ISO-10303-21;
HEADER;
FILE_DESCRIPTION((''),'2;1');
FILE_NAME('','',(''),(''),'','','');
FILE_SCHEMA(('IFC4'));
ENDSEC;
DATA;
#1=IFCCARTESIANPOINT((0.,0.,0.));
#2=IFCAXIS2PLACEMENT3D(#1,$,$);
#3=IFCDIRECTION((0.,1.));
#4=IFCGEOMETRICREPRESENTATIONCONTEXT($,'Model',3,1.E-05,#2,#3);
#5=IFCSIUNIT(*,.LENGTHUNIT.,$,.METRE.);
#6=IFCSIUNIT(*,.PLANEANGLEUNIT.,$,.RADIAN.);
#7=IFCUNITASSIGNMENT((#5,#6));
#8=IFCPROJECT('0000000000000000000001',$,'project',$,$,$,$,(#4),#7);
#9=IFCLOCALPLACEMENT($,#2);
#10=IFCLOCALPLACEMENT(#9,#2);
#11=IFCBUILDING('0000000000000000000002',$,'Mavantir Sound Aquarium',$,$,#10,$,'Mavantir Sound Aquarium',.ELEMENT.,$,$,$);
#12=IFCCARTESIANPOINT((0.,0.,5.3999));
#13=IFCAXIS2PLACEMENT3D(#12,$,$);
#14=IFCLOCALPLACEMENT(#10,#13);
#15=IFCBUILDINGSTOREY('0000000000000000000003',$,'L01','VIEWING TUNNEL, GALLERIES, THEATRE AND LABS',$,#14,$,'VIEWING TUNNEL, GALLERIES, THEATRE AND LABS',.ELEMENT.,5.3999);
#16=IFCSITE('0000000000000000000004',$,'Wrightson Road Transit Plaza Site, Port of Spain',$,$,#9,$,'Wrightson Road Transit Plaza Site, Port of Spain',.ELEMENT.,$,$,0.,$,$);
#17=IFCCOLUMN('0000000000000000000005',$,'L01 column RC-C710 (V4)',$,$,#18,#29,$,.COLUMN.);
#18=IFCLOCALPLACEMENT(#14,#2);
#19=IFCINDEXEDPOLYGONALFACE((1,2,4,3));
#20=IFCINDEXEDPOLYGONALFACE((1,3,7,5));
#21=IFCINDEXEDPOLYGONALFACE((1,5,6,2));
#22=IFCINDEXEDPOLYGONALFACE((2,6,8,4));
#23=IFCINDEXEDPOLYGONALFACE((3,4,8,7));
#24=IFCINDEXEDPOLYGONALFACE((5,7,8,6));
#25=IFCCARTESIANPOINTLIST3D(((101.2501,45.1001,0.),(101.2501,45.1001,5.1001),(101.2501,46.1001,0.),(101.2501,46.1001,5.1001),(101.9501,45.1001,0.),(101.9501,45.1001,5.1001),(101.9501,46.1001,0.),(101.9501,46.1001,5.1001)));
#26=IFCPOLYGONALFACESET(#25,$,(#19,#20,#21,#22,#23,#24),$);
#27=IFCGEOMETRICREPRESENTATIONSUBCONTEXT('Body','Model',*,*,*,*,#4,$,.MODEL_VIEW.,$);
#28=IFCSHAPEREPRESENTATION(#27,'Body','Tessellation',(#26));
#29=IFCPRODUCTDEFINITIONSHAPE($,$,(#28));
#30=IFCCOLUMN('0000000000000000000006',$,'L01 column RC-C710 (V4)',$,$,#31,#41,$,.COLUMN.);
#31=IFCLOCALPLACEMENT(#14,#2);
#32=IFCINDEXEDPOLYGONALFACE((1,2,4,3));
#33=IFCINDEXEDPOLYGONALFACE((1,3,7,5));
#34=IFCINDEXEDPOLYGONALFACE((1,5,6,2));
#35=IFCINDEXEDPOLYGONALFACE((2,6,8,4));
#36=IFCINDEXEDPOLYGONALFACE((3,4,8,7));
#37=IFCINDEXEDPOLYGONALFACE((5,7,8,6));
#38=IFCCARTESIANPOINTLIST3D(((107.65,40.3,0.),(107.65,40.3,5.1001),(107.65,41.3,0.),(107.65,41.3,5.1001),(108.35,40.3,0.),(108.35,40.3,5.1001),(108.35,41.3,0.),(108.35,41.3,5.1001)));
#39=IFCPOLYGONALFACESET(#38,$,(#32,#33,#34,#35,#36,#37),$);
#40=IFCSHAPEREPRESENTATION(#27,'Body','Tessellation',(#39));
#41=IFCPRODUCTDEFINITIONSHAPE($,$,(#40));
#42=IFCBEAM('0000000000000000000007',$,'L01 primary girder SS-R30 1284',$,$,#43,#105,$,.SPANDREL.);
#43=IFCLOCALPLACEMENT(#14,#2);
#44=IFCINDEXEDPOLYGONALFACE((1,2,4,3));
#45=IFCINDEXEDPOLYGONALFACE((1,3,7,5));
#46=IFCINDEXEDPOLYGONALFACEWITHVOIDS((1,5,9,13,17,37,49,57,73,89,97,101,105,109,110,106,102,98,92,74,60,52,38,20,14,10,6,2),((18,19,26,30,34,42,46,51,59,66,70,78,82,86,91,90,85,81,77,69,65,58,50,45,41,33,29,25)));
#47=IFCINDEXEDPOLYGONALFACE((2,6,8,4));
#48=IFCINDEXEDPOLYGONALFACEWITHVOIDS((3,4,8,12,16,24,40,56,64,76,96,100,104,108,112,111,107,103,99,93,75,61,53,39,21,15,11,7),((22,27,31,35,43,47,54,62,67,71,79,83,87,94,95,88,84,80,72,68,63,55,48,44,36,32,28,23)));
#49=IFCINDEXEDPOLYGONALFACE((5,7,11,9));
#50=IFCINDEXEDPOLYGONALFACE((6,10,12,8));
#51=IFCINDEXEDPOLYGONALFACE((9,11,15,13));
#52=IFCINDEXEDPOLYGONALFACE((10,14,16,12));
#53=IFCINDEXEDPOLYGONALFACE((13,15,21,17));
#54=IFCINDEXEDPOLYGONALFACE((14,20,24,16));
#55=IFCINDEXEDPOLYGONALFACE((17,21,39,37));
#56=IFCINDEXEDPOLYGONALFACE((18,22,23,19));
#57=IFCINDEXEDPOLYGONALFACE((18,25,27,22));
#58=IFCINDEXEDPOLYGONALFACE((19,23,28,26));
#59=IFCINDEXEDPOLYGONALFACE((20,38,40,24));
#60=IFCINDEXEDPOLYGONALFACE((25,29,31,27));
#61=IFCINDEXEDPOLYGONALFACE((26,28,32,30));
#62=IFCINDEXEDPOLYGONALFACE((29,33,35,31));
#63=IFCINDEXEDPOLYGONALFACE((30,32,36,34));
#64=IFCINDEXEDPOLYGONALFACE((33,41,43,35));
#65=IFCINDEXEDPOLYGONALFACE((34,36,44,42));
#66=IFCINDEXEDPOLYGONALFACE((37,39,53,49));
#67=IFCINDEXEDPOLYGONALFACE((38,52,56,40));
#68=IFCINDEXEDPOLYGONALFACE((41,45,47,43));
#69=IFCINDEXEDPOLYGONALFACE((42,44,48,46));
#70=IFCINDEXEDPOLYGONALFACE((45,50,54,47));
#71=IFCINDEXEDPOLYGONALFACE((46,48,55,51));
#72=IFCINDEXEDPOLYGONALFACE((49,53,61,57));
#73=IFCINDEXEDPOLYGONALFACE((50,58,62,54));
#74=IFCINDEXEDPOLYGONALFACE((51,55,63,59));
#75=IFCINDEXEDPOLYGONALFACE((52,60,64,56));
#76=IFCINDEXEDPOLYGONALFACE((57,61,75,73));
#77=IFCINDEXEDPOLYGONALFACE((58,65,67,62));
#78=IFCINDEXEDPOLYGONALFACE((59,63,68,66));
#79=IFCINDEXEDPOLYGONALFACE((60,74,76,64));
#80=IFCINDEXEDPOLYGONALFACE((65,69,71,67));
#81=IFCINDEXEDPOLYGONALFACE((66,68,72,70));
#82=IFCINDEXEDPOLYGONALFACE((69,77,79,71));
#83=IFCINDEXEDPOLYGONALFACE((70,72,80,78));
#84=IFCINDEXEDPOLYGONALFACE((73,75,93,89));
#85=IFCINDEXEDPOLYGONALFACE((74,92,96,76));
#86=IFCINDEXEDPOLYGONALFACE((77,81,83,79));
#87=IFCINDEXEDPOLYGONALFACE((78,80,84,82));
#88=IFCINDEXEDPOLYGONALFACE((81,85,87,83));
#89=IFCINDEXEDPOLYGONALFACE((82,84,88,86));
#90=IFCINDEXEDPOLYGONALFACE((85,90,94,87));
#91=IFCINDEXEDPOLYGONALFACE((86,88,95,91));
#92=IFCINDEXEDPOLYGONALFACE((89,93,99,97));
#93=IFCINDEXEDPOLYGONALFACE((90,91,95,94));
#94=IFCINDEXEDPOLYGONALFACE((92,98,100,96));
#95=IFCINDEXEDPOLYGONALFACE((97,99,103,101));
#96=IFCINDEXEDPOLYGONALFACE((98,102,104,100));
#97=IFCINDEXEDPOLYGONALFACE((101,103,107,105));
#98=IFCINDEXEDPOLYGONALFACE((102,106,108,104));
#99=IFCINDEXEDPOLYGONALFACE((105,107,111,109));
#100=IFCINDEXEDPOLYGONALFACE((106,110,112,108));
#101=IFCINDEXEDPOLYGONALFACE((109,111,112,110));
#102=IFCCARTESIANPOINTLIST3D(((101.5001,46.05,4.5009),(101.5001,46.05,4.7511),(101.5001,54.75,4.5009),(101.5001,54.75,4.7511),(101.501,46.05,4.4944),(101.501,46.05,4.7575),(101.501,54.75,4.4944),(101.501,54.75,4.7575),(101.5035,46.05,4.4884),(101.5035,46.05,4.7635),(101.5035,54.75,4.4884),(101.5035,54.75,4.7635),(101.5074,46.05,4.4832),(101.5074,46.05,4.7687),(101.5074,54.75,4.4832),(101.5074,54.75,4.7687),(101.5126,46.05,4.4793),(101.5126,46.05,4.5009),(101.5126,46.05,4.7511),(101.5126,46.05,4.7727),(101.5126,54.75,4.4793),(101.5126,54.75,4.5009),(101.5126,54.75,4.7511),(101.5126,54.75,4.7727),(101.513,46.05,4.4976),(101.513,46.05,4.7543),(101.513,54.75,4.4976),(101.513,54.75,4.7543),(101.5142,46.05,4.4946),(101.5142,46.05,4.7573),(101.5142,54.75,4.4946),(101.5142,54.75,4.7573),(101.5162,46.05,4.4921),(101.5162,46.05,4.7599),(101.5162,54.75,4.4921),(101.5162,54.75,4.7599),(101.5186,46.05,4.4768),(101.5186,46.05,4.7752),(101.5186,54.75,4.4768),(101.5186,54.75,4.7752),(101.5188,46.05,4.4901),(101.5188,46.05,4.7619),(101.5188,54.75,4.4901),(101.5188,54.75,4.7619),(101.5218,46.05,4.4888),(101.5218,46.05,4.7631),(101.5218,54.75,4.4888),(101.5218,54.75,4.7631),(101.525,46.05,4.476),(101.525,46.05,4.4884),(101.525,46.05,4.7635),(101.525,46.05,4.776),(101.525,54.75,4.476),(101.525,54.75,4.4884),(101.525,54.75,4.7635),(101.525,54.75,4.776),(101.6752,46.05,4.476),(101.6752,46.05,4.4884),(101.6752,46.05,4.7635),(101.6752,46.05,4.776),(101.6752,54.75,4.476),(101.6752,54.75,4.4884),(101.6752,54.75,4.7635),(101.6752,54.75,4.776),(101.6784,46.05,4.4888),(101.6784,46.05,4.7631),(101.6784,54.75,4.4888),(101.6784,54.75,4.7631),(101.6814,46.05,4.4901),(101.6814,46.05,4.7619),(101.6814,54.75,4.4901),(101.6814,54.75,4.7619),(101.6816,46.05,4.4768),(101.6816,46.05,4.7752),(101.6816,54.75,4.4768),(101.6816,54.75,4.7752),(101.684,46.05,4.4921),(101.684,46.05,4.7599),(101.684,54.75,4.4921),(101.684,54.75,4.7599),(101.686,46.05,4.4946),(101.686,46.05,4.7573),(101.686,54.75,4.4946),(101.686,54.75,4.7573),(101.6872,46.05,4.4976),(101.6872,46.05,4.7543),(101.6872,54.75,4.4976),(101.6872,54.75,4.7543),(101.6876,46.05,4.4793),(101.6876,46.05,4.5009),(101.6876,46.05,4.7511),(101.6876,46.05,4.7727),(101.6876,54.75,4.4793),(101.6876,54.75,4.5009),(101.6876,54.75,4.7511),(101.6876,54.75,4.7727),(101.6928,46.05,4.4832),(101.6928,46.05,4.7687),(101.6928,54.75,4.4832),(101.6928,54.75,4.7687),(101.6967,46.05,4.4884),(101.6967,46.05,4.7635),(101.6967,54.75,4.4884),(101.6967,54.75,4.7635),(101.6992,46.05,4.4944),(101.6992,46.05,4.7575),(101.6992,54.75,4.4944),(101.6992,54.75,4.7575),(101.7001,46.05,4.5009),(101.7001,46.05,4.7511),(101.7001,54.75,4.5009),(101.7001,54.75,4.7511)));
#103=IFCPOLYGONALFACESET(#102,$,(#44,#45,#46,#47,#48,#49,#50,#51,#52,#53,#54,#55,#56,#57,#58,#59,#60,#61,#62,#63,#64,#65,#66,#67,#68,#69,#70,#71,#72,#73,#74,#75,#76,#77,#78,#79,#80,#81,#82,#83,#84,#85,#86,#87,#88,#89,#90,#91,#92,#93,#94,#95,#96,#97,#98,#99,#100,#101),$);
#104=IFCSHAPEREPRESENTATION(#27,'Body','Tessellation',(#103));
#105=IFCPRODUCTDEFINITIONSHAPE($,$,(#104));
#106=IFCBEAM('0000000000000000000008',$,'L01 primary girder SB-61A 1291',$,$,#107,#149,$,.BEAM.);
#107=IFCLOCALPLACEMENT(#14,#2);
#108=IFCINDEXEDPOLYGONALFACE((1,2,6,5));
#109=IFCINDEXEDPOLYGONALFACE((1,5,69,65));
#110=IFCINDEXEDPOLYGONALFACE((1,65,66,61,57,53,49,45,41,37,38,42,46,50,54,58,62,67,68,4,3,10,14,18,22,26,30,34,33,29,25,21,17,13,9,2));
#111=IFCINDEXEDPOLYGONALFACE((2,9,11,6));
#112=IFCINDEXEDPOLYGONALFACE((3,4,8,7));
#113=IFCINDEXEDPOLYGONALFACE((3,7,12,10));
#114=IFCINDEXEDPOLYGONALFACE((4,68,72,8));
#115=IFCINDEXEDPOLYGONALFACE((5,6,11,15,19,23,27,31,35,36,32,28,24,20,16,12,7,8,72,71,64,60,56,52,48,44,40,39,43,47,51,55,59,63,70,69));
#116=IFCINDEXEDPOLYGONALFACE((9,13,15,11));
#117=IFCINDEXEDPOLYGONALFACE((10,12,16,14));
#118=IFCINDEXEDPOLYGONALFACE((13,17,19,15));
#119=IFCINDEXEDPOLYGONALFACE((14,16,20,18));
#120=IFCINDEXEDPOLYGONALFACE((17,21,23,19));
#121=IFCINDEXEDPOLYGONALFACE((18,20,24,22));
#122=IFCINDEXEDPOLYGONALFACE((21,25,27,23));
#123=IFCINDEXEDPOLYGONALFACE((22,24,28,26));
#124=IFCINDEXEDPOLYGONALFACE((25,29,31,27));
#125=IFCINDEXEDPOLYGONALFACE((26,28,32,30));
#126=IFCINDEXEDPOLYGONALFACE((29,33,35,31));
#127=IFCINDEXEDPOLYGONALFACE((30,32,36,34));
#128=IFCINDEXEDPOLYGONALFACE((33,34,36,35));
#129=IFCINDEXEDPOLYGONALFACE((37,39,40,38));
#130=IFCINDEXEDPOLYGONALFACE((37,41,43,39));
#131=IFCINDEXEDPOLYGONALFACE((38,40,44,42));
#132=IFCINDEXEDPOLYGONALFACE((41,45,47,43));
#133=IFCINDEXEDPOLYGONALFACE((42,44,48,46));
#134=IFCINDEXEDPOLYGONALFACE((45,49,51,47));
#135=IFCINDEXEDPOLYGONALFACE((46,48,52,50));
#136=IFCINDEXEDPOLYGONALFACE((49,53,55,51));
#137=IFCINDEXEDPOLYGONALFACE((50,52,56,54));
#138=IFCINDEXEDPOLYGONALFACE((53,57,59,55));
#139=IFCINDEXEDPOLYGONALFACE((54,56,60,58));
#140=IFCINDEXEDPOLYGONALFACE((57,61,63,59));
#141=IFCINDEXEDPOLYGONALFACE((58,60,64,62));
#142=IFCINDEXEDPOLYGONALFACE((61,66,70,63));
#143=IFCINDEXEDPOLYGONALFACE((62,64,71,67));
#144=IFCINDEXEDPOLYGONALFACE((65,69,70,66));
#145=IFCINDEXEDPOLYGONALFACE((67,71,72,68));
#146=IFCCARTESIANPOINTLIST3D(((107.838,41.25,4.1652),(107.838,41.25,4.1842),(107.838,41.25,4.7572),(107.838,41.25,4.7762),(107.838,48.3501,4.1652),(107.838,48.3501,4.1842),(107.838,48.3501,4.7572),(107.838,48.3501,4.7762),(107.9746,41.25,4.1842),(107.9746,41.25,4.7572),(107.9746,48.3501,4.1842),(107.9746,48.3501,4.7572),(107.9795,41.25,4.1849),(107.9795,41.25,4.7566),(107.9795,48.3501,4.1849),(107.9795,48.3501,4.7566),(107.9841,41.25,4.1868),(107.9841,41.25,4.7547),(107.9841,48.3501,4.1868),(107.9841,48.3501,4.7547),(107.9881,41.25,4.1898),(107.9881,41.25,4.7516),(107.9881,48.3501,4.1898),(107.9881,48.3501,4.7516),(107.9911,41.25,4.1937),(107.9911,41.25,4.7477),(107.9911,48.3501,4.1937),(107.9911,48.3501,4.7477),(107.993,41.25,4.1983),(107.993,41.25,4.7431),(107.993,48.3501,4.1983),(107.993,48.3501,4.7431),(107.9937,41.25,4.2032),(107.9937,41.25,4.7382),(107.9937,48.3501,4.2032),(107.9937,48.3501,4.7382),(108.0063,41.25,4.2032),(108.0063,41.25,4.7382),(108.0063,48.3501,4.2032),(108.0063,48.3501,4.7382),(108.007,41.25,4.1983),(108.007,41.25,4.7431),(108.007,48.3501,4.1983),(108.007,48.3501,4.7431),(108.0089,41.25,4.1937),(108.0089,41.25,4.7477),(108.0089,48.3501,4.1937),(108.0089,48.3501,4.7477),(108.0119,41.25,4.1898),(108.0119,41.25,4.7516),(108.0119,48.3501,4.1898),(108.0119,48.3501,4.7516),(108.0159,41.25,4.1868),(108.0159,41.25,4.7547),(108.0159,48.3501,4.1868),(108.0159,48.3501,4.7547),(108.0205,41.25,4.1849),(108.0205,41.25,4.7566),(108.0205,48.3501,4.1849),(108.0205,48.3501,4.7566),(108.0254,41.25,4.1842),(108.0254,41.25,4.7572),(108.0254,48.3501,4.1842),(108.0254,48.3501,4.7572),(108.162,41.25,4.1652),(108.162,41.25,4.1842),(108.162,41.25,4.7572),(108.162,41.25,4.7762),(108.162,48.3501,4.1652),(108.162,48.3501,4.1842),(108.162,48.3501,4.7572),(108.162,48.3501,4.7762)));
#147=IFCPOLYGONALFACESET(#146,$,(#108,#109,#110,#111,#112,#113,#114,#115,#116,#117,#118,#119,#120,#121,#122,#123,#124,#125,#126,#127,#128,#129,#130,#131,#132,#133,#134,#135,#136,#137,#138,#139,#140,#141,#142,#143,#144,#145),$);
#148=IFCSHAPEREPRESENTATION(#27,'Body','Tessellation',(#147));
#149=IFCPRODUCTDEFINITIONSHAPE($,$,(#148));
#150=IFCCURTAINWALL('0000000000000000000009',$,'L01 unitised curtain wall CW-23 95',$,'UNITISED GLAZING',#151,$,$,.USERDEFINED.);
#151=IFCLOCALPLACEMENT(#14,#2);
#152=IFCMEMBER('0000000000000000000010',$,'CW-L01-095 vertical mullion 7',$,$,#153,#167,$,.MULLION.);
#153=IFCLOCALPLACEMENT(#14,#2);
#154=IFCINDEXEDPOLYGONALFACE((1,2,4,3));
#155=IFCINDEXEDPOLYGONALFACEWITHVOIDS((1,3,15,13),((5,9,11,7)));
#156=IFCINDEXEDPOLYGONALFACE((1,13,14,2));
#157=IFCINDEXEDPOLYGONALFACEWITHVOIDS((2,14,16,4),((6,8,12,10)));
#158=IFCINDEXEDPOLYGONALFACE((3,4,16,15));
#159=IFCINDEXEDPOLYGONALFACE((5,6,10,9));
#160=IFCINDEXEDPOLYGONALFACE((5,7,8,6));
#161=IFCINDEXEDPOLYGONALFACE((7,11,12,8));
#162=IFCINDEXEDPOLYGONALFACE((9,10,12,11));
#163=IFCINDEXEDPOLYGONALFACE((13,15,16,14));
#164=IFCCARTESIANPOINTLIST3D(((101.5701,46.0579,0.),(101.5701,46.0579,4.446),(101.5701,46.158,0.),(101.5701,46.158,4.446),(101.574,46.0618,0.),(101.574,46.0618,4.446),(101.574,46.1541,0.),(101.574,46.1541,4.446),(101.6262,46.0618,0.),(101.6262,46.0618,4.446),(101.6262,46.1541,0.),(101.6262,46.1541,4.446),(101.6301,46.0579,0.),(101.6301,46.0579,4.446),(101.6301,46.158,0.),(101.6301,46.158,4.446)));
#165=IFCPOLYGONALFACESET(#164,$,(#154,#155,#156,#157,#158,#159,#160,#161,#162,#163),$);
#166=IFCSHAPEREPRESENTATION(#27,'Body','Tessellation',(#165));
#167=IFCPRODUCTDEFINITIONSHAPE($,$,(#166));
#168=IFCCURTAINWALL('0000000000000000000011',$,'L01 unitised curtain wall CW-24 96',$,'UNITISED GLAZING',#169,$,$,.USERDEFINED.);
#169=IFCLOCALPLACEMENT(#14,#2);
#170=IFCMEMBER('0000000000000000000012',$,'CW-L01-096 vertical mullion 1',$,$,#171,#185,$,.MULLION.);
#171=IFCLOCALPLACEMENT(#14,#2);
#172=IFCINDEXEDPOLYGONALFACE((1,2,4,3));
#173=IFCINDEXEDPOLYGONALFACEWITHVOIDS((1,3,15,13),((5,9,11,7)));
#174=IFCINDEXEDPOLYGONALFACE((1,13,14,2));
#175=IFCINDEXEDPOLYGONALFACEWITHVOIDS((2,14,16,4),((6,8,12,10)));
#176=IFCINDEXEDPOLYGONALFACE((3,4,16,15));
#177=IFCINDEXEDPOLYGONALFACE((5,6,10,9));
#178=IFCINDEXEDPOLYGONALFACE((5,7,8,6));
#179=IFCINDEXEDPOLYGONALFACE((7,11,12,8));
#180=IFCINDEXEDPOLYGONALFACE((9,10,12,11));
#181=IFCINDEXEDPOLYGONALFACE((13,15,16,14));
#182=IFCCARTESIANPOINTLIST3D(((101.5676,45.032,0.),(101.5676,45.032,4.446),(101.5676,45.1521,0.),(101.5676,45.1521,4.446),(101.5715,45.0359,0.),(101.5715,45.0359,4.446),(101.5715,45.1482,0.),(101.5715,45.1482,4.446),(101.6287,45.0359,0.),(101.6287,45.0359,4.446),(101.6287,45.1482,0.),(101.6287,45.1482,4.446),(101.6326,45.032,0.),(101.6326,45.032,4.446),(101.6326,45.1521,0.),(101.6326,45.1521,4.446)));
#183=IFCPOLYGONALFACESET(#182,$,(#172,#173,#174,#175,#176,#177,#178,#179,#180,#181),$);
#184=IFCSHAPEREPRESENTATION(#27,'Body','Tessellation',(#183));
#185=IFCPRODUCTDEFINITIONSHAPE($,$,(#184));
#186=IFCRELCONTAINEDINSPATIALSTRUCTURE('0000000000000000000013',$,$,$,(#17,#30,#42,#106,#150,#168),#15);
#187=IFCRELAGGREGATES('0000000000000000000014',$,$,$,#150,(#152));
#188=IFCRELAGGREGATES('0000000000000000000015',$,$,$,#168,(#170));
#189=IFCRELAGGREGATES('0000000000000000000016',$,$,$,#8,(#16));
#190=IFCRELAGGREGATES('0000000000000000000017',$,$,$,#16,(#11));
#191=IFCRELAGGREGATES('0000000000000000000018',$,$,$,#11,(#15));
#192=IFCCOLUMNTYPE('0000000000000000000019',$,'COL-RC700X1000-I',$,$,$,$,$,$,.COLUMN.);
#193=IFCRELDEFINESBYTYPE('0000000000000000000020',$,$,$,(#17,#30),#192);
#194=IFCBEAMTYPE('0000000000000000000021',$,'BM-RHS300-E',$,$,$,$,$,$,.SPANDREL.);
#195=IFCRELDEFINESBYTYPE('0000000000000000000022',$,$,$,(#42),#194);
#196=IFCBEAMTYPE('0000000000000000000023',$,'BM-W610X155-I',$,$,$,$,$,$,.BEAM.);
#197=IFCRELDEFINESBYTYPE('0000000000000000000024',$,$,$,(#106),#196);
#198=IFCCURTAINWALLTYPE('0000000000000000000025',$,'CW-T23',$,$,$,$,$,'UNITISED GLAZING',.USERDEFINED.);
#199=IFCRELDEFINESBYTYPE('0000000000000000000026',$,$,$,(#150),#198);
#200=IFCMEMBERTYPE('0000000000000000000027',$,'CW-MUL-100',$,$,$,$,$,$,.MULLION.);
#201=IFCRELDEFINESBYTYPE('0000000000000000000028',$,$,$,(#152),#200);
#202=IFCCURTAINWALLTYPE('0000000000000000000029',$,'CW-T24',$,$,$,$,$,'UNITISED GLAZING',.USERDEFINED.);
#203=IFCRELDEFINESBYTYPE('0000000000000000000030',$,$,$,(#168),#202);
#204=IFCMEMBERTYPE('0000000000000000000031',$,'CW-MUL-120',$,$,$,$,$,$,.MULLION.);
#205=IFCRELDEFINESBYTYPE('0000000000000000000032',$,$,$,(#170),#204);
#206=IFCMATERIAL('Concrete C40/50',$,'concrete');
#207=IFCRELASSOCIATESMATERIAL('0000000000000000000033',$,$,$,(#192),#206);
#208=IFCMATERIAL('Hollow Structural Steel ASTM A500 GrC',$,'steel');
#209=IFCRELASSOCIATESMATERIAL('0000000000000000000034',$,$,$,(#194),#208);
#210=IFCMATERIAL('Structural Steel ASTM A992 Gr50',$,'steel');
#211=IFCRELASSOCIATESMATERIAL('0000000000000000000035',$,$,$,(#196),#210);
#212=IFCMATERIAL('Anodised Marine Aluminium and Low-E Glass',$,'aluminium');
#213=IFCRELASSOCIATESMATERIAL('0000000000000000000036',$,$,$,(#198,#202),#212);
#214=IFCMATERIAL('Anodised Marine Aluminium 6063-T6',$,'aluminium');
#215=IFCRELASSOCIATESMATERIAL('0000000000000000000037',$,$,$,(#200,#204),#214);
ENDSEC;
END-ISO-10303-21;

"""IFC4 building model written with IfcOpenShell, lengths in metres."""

from ifc_helpers import new_model, si_unit, direction, frame, origin, origin_2d, place, context, subcontext, project, spatial, rectangle, hollow_rectangle, i_section, extrude, material, material_profile, profile_set, type_object, element, aggregate, save


model = new_model("IFC4")

# Units and contexts
model_context = context("Model", 3, precision=1e-05, world=origin(), true_north=direction((0.0, 1.0)))
body_context = subcontext(model_context, "Body", "Model", "MODEL_VIEW")
ifc_project = project(units=[si_unit("LENGTHUNIT", "METRE"), si_unit("PLANEANGLEUNIT", "RADIAN")], contexts=[model_context])

# Site, building, storey
site_placement = place(None, origin())
site = spatial("IfcSite", under=ifc_project, at=site_placement, Name="Wrightson Road Transit Plaza Site, Port of Spain", LongName="Wrightson Road Transit Plaza Site, Port of Spain", CompositionType="ELEMENT", RefElevation=0.0)
building_placement = place(site_placement, origin())
building = spatial("IfcBuilding", under=site, at=building_placement, Name="Mavantir Sound Aquarium", LongName="Mavantir Sound Aquarium", CompositionType="ELEMENT")
storey_placement = place(building_placement, frame((0.0, 0.0, 5.3999)))
storey = spatial("IfcBuildingStorey", under=building, at=storey_placement, Name="L01", Description="VIEWING TUNNEL, GALLERIES, THEATRE AND LABS", LongName="VIEWING TUNNEL, GALLERIES, THEATRE AND LABS", CompositionType="ELEMENT", Elevation=5.3999)

# Columns
ifc_material_1 = material(Name="Concrete C40/50", Category="concrete")
ifc_material_profile_1 = material_profile(ifc_material_1, rectangle(XDim=0.7, YDim=1.0, at=origin_2d()), Name="RC 700X1000")
ifc_profile_set_1 = profile_set([ifc_material_profile_1], Name="Concrete C40/50")
column_type = type_object("IfcColumnType", Name="COL-RC700X1000-I", PredefinedType="COLUMN", material=ifc_profile_set_1)
for number, where, z_axis, x_axis, name in (
    (1, (101.6001, 45.6001, 0.0), (0.0, 0.0, 1.0), (1.0, 0.0, 0.0), "L01 column RC-C710 (V4)"),
    (2, (108.0, 40.8, 0.0), (0.0, 0.0, 1.0), (1.0, 0.0, 0.0), "L01 column RC-C710 (V4)"),
):
    element("IfcColumn", number, at=place(storey_placement, frame(where, z_axis=z_axis, x_axis=x_axis)), inside=storey, type_object=column_type, Name=name, PredefinedType="COLUMN", context=body_context, shape_type="SweptSolid", body=[
        extrude(rectangle(XDim=0.7, YDim=1.0, at=origin_2d()), origin(), (0.0, 0.0, 1.0), 5.1001),
    ])

# Beams
ifc_material_2 = material(Name="Hollow Structural Steel ASTM A500 GrC", Category="steel")
ifc_material_profile_2 = material_profile(ifc_material_2, hollow_rectangle(XDim=0.2, YDim=0.3, WallThickness=0.0125, InnerFilletRadius=0.0125, OuterFilletRadius=0.0249, at=origin_2d()), Name="RHS 300X200X12.5")
ifc_profile_set_2 = profile_set([ifc_material_profile_2], Name="Hollow Structural Steel ASTM A500 GrC")
beam_type_1 = type_object("IfcBeamType", Name="BM-RHS300-E", PredefinedType="SPANDREL", material=ifc_profile_set_2)
beam_1_placement = place(storey_placement, frame((101.6001, 46.05, 4.626), z_axis=(0.0, 1.0, 0.0), x_axis=(-1.0, 0.0, 0.0)))
element("IfcBeam", 3, at=beam_1_placement, inside=storey, type_object=beam_type_1, Name="L01 primary girder SS-R30 1284", PredefinedType="SPANDREL", context=body_context, shape_type="SweptSolid", body=[
    extrude(hollow_rectangle(XDim=0.2, YDim=0.3, WallThickness=0.0125, InnerFilletRadius=0.0125, OuterFilletRadius=0.0249, at=origin_2d()), origin(), (0.0, 0.0, 1.0), 8.7),
])
ifc_material_3 = material(Name="Structural Steel ASTM A992 Gr50", Category="steel")
ifc_material_profile_3 = material_profile(ifc_material_3, i_section(OverallWidth=0.324, OverallDepth=0.6111, WebThickness=0.0127, FlangeThickness=0.019, FilletRadius=0.019, at=origin_2d()), Name="W610X155")
ifc_profile_set_3 = profile_set([ifc_material_profile_3], Name="Structural Steel ASTM A992 Gr50")
beam_type_2 = type_object("IfcBeamType", Name="BM-W610X155-I", PredefinedType="BEAM", material=ifc_profile_set_3)
beam_2_placement = place(storey_placement, frame((108.0, 41.25, 4.4707), z_axis=(0.0, 1.0, 0.0), x_axis=(-1.0, 0.0, 0.0)))
element("IfcBeam", 4, at=beam_2_placement, inside=storey, type_object=beam_type_2, Name="L01 primary girder SB-61A 1291", PredefinedType="BEAM", context=body_context, shape_type="SweptSolid", body=[
    extrude(i_section(OverallWidth=0.324, OverallDepth=0.6111, WebThickness=0.0127, FlangeThickness=0.019, FilletRadius=0.019, at=origin_2d()), origin(), (0.0, 0.0, 1.0), 7.1001),
])

# Curtain wall, member
ifc_material_4 = material(Name="Anodised Marine Aluminium and Low-E Glass", Category="aluminium")
curtain_wall_type_1 = type_object("IfcCurtainWallType", Name="CW-T23", ElementType="UNITISED GLAZING", PredefinedType="USERDEFINED", material=ifc_material_4)
curtain_wall_1_placement = place(storey_placement, origin())
curtain_wall_1 = element("IfcCurtainWall", 5, at=curtain_wall_1_placement, inside=storey, type_object=curtain_wall_type_1, Name="L01 unitised curtain wall CW-23 95", ObjectType="UNITISED GLAZING", PredefinedType="USERDEFINED")
ifc_material_5 = material(Name="Anodised Marine Aluminium 6063-T6", Category="aluminium")
ifc_material_profile_4 = material_profile(ifc_material_5, hollow_rectangle(XDim=0.0601, YDim=0.1001, WallThickness=0.0039, at=origin_2d()), Name="ALU-MULLION-100X60")
ifc_profile_set_4 = profile_set([ifc_material_profile_4], Name="Anodised Marine Aluminium 6063-T6")
member_type_1 = type_object("IfcMemberType", Name="CW-MUL-100", PredefinedType="MULLION", material=ifc_profile_set_4)
member_1_placement = place(storey_placement, frame((101.6001, 46.1079, 0.0), z_axis=(0.0, 0.0, 1.0), x_axis=(1.0, 0.0, 0.0)))
member_1 = element("IfcMember", 6, at=member_1_placement, type_object=member_type_1, Name="CW-L01-095 vertical mullion 7", PredefinedType="MULLION", context=body_context, shape_type="SweptSolid", body=[
    extrude(hollow_rectangle(XDim=0.0601, YDim=0.1001, WallThickness=0.0039, at=origin_2d()), origin(), (0.0, 0.0, 1.0), 4.446),
])

# Curtain wall, member
curtain_wall_type_2 = type_object("IfcCurtainWallType", Name="CW-T24", ElementType="UNITISED GLAZING", PredefinedType="USERDEFINED", material=ifc_material_4)
curtain_wall_2_placement = place(storey_placement, origin())
curtain_wall_2 = element("IfcCurtainWall", 7, at=curtain_wall_2_placement, inside=storey, type_object=curtain_wall_type_2, Name="L01 unitised curtain wall CW-24 96", ObjectType="UNITISED GLAZING", PredefinedType="USERDEFINED")
ifc_material_profile_5 = material_profile(ifc_material_5, hollow_rectangle(XDim=0.0649, YDim=0.1201, WallThickness=0.0039, at=origin_2d()), Name="ALU-MULLION-120X65")
ifc_profile_set_5 = profile_set([ifc_material_profile_5], Name="Anodised Marine Aluminium 6063-T6")
member_type_2 = type_object("IfcMemberType", Name="CW-MUL-120", PredefinedType="MULLION", material=ifc_profile_set_5)
member_2_placement = place(storey_placement, frame((101.6001, 45.092, 0.0), z_axis=(0.0, 0.0, 1.0), x_axis=(1.0, 0.0, 0.0)))
member_2 = element("IfcMember", 8, at=member_2_placement, type_object=member_type_2, Name="CW-L01-096 vertical mullion 1", PredefinedType="MULLION", context=body_context, shape_type="SweptSolid", body=[
    extrude(hollow_rectangle(XDim=0.0649, YDim=0.1201, WallThickness=0.0039, at=origin_2d()), origin(), (0.0, 0.0, 1.0), 4.446),
])

aggregate(curtain_wall_1, [member_1])
aggregate(curtain_wall_2, [member_2])

save(model, "model.ifc")
